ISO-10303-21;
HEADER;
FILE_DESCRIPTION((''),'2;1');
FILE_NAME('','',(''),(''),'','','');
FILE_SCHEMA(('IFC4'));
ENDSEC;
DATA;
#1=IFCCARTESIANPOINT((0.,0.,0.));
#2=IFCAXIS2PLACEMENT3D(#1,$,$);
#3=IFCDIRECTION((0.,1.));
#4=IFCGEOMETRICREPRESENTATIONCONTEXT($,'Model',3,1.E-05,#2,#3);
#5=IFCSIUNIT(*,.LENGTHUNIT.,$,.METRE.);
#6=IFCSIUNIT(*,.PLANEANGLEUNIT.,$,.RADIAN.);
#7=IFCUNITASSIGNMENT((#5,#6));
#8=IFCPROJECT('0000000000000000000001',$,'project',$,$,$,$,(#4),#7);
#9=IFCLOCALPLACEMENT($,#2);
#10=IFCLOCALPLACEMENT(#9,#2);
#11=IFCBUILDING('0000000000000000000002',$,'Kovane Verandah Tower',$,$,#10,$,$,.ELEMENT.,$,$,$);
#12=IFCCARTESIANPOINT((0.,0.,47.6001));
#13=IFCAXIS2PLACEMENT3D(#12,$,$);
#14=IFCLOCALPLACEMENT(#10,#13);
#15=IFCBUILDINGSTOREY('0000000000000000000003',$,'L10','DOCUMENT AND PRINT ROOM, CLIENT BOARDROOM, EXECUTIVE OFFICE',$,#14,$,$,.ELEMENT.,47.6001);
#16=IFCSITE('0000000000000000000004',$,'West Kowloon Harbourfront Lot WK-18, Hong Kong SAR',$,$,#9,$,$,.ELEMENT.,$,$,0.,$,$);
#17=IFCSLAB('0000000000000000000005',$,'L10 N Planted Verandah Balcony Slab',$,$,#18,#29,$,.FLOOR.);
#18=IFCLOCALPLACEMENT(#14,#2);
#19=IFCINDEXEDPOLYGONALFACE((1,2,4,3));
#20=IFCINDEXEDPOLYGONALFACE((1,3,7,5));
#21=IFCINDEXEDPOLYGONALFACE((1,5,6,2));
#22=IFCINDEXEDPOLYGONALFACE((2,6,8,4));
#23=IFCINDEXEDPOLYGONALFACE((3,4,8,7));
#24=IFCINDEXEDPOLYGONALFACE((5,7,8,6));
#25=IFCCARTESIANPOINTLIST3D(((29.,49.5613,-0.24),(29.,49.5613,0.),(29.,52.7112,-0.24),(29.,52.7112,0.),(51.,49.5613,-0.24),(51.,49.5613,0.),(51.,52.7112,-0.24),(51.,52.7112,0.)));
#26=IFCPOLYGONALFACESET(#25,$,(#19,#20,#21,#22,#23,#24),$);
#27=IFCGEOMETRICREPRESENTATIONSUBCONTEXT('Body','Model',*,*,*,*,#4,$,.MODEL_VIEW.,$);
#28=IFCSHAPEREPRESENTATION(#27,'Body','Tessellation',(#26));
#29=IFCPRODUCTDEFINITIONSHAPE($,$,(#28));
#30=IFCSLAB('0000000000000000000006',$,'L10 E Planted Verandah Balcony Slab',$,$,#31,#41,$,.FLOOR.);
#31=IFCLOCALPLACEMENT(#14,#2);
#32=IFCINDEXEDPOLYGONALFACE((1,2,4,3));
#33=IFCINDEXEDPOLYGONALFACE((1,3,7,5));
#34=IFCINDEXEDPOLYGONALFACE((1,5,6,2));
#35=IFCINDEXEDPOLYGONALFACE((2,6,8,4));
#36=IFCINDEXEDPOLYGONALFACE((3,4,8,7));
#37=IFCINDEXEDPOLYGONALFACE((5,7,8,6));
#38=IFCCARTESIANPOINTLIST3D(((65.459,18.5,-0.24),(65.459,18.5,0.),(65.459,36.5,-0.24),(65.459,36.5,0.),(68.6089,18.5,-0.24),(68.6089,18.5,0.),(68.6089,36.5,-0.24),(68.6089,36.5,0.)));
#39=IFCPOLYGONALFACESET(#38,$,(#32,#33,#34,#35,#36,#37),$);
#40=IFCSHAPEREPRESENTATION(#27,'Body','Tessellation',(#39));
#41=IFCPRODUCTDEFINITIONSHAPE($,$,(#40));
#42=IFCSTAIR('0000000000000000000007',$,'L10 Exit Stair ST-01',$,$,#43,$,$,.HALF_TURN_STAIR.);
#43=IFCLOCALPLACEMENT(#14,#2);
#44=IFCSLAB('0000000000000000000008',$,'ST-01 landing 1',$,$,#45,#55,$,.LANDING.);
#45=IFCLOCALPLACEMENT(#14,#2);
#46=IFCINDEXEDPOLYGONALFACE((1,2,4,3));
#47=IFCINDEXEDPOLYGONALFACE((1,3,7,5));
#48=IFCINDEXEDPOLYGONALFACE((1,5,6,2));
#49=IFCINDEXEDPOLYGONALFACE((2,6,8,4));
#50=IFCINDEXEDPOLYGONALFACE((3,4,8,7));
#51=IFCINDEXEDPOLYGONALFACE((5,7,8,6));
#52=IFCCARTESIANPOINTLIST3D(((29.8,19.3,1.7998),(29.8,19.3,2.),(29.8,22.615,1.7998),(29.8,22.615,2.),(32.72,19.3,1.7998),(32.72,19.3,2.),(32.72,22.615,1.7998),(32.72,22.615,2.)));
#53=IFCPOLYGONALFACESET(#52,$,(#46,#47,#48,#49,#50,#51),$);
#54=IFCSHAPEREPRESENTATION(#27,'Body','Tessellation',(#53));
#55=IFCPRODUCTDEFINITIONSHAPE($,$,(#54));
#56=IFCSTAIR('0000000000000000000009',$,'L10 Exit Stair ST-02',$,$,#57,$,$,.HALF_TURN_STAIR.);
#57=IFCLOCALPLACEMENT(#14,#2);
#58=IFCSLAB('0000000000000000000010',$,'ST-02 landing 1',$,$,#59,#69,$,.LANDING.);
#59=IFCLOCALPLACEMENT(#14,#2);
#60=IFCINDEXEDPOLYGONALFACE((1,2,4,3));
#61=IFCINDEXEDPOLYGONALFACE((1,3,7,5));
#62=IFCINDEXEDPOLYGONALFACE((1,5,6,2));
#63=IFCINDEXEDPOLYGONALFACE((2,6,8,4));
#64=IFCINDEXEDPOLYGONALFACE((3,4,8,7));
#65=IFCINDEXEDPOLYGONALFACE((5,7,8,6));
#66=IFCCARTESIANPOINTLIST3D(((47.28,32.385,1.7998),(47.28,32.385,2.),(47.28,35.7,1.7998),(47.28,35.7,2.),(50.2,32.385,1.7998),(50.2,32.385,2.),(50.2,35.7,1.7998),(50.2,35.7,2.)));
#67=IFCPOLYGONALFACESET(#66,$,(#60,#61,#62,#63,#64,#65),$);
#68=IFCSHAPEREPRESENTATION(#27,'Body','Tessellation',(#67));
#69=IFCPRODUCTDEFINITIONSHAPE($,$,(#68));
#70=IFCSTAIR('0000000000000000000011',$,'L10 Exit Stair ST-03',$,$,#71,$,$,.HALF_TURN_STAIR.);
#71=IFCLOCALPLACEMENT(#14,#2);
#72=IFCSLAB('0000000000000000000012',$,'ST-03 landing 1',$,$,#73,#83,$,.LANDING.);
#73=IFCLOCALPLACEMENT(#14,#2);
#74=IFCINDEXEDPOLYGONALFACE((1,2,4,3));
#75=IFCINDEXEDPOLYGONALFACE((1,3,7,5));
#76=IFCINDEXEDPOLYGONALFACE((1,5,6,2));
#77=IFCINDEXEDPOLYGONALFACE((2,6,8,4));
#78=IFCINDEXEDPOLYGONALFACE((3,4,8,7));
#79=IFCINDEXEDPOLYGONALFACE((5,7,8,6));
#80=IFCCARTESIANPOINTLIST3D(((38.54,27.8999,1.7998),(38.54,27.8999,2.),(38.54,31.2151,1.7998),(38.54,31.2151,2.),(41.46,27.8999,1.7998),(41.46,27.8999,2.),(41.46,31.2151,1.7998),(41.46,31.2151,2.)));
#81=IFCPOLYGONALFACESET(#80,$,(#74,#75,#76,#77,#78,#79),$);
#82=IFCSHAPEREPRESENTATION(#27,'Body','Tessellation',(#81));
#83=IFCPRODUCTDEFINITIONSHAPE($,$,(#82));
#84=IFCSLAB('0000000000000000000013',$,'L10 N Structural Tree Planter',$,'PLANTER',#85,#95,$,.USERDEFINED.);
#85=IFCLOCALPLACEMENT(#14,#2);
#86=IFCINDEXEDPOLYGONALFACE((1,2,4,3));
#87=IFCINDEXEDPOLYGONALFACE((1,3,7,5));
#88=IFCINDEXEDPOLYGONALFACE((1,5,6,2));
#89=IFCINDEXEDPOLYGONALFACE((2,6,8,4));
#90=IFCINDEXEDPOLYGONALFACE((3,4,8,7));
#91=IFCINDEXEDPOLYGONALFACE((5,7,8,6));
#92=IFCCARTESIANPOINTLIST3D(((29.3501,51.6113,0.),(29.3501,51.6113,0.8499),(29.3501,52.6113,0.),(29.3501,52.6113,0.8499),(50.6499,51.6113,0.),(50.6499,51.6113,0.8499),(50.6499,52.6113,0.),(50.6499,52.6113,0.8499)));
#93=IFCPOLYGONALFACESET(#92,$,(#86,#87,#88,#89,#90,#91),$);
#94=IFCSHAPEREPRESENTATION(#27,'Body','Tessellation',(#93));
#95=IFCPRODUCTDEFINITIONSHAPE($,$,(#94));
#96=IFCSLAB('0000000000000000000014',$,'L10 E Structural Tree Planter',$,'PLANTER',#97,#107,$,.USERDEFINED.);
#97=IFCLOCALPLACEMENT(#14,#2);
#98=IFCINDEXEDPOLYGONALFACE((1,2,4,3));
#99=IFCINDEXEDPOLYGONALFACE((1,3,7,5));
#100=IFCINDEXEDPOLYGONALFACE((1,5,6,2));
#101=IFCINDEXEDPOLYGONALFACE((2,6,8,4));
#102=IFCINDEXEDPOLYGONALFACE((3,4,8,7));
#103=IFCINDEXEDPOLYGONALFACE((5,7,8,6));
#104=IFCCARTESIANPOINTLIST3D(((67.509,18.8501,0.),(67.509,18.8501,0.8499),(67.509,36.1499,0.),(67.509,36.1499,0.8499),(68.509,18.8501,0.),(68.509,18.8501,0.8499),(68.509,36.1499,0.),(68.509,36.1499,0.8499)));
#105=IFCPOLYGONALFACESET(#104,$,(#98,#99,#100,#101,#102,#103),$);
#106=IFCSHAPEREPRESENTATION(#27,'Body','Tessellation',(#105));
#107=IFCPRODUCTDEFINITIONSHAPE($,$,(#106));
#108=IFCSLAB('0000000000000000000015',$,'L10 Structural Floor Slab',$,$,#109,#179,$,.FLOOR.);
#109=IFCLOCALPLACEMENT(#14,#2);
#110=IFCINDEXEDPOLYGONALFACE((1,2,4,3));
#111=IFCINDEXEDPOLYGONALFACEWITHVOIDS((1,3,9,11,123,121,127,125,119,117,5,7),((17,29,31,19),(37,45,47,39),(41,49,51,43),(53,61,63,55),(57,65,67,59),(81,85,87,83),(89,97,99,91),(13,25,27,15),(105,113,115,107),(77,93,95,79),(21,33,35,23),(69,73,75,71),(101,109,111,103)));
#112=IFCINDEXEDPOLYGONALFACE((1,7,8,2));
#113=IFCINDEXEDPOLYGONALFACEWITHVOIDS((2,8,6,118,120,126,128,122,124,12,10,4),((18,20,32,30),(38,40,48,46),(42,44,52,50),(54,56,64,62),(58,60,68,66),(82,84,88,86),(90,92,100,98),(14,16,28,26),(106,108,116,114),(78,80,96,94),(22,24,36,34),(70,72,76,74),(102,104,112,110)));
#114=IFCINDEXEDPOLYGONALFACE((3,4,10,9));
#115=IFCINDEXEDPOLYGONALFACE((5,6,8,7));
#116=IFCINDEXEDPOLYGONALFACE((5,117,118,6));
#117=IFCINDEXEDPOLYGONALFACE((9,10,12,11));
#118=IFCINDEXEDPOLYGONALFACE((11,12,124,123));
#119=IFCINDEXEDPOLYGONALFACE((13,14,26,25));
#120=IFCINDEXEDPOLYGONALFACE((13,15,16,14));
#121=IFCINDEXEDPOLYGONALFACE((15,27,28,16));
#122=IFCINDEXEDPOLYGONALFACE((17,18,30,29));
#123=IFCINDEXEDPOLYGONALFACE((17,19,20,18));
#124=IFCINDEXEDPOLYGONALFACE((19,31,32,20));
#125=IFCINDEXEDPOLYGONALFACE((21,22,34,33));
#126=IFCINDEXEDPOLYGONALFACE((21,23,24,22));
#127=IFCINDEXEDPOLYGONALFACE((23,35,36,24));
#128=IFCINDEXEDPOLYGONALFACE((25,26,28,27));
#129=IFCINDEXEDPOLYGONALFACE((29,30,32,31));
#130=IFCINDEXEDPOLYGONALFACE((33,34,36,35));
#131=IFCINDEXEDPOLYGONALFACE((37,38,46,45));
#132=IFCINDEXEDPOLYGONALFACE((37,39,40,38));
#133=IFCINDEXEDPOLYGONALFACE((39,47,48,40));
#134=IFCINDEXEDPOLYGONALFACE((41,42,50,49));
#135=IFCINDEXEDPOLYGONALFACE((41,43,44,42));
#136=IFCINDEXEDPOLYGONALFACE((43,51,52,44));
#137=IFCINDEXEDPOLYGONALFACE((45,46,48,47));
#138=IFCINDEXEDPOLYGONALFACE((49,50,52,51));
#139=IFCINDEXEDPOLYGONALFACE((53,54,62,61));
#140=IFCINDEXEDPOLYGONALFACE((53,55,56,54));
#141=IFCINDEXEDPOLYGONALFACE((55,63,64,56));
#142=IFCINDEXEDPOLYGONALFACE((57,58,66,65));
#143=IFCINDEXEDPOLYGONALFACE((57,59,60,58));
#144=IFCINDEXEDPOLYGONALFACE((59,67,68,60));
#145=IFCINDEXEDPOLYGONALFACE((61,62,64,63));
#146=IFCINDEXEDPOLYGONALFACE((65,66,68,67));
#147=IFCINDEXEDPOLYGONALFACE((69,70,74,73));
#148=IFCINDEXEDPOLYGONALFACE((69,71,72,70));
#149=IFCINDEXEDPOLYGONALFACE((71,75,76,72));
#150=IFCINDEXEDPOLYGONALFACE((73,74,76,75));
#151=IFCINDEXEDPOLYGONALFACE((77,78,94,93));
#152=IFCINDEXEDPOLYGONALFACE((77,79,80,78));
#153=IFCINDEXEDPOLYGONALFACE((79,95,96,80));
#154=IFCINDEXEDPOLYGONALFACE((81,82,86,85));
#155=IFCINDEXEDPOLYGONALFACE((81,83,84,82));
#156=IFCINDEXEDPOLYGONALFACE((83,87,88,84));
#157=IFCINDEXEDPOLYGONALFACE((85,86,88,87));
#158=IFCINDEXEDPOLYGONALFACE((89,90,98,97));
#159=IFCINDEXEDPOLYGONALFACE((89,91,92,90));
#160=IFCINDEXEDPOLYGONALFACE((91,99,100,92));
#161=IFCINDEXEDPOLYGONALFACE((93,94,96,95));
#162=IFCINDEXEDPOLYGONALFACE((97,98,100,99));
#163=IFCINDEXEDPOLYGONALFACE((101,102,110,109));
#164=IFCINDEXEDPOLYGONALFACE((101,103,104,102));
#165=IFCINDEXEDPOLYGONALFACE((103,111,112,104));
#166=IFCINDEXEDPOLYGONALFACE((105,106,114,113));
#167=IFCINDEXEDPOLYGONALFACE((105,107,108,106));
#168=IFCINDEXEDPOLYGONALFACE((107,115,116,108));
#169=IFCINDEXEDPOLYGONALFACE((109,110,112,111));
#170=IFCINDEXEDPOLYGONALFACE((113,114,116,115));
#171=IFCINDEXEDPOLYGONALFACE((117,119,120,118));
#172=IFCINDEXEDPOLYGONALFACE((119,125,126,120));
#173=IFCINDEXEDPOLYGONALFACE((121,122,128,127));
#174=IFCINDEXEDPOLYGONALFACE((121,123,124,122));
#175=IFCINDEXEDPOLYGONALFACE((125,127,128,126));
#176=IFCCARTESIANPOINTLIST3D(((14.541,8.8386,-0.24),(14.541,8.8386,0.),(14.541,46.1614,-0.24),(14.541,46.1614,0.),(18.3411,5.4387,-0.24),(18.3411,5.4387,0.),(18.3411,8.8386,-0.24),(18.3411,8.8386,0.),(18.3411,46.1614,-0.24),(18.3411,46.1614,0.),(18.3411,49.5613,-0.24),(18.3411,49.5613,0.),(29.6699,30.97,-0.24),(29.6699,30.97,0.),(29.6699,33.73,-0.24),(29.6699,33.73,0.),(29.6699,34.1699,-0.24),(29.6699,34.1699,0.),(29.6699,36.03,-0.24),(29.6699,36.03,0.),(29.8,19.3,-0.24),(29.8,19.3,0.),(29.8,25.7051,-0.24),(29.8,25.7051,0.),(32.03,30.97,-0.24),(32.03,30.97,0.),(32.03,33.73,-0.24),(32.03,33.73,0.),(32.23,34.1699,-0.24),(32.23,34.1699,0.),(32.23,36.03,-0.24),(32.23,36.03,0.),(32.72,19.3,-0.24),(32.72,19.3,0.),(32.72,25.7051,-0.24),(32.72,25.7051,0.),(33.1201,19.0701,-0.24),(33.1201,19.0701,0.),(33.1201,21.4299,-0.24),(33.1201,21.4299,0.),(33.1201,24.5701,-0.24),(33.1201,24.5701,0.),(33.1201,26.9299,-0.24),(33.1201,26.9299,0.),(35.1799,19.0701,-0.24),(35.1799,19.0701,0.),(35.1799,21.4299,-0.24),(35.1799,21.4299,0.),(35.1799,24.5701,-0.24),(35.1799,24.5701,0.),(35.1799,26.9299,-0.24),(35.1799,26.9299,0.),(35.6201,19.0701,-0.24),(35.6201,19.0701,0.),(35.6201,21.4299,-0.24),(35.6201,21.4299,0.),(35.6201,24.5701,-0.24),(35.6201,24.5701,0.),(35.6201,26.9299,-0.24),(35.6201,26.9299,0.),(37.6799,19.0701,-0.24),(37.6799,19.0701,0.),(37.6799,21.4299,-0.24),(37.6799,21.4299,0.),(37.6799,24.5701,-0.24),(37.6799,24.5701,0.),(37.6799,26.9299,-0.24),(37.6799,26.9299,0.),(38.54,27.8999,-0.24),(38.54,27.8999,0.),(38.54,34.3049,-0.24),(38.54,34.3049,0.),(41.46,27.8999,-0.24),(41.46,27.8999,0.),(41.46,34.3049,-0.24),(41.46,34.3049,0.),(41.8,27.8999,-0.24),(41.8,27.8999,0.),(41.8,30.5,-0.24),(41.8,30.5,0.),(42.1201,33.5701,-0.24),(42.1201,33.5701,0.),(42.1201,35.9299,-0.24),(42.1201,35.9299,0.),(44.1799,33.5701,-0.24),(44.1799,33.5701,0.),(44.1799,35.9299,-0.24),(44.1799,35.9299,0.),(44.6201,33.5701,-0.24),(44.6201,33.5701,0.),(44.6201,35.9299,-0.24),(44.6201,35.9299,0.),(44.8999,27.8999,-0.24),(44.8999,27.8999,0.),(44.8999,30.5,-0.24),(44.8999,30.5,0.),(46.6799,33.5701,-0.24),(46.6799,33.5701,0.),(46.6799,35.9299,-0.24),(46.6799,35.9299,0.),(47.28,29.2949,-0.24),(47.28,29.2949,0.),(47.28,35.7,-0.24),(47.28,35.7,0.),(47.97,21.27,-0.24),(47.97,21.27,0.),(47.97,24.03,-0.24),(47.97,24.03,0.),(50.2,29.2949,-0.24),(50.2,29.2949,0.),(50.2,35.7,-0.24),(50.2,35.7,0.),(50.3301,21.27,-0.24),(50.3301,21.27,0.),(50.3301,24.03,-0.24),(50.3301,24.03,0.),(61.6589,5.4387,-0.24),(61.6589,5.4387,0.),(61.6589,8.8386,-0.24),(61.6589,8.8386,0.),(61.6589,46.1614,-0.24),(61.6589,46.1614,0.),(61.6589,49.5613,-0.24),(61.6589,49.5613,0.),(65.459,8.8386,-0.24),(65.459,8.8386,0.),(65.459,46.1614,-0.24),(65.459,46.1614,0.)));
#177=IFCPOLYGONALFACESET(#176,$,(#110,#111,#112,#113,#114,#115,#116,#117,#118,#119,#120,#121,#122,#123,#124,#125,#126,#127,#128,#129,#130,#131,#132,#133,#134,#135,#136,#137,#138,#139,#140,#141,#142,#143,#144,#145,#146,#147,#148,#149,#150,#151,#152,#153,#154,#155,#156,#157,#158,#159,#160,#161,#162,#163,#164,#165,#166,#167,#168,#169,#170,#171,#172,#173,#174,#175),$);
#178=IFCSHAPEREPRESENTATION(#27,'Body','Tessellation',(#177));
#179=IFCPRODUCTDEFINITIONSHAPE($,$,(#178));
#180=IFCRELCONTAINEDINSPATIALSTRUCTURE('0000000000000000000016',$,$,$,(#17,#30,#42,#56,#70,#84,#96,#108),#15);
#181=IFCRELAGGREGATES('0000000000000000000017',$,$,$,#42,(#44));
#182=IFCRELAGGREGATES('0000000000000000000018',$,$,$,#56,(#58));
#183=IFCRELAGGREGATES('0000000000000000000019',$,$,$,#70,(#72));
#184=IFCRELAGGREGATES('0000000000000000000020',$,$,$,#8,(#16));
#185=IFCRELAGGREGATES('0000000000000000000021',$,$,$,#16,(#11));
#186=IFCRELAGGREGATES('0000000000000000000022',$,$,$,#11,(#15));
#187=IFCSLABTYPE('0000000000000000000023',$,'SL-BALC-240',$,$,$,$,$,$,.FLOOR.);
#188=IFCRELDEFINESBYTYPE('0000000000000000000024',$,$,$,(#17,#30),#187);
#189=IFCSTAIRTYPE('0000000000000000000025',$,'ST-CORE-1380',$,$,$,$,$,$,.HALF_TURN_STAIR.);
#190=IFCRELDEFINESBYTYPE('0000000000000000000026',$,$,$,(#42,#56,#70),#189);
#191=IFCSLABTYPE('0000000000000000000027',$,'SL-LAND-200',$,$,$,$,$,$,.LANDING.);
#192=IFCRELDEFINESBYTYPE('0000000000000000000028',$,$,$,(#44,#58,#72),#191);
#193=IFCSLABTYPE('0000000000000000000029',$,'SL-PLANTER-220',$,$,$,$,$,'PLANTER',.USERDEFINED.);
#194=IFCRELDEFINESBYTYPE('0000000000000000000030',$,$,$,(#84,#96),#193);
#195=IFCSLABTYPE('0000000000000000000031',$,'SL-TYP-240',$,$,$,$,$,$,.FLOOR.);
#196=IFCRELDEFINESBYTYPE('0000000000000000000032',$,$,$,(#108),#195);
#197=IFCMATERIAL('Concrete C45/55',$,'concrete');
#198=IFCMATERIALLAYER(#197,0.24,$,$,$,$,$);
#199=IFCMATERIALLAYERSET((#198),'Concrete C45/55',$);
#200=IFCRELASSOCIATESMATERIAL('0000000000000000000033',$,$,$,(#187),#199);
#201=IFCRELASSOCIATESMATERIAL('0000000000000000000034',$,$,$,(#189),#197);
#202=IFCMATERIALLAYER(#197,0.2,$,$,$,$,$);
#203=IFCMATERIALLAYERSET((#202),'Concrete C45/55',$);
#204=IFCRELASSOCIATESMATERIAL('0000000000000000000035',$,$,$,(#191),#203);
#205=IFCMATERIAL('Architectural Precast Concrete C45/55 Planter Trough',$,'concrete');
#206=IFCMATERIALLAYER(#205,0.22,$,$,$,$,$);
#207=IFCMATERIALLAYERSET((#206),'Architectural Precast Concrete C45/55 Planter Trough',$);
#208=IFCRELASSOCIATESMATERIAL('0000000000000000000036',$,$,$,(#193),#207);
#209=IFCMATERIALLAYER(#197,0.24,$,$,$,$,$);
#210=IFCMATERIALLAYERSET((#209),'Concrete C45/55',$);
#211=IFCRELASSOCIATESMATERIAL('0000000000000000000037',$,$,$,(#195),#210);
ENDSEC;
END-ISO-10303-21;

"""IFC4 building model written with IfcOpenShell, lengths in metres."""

from ifc_helpers import new_model, si_unit, direction, frame, origin, place, context, subcontext, project, spatial, polyline, outline, extrude, material, layer, layer_set, type_object, element, aggregate, save


model = new_model("IFC4")

# Units and contexts
model_context = context("Model", 3, precision=1e-05, world=origin(), true_north=direction((0.0, 1.0)))
body_context = subcontext(model_context, "Body", "Model", "MODEL_VIEW")
ifc_project = project(units=[si_unit("LENGTHUNIT", "METRE"), si_unit("PLANEANGLEUNIT", "RADIAN")], contexts=[model_context])

# Site, building, storey
site_placement = place(None, origin())
site = spatial("IfcSite", under=ifc_project, at=site_placement, Name="West Kowloon Harbourfront Lot WK-18, Hong Kong SAR", CompositionType="ELEMENT", RefElevation=0.0)
building_placement = place(site_placement, origin())
building = spatial("IfcBuilding", under=site, at=building_placement, Name="Kovane Verandah Tower", CompositionType="ELEMENT")
storey_placement = place(building_placement, frame((0.0, 0.0, 47.6001)))
storey = spatial("IfcBuildingStorey", under=building, at=storey_placement, Name="L10", Description="DOCUMENT AND PRINT ROOM, CLIENT BOARDROOM, EXECUTIVE OFFICE", CompositionType="ELEMENT", Elevation=47.6001)

# Slabs
ifc_material_1 = material(Name="Concrete C45/55", Category="concrete")
ifc_layer_1 = layer(ifc_material_1, 0.24)
ifc_layer_set_1 = layer_set([ifc_layer_1], Name="Concrete C45/55")
slab_type_1 = type_object("IfcSlabType", Name="SL-BALC-240", PredefinedType="FLOOR", material=ifc_layer_set_1)
slab_1_placement = place(storey_placement, frame((0.0, 0.0, -0.24)))
element("IfcSlab", 1, at=slab_1_placement, inside=storey, type_object=slab_type_1, Name="L10 N Planted Verandah Balcony Slab", PredefinedType="FLOOR", context=body_context, shape_type="SweptSolid", body=[
    extrude(outline(polyline([(29.0, 49.5613), (51.0, 49.5613), (51.0, 52.7112), (29.0, 52.7112), (29.0, 49.5613)])), origin(), (0.0, 0.0, 1.0), 0.24),
])
slab_2_placement = place(storey_placement, frame((0.0, 0.0, -0.24)))
element("IfcSlab", 2, at=slab_2_placement, inside=storey, type_object=slab_type_1, Name="L10 E Planted Verandah Balcony Slab", PredefinedType="FLOOR", context=body_context, shape_type="SweptSolid", body=[
    extrude(outline(polyline([(65.459, 18.5), (68.6089, 18.5), (68.6089, 36.5), (65.459, 36.5), (65.459, 18.5)])), origin(), (0.0, 0.0, 1.0), 0.24),
])

# Stairs, slabs
stair_type = type_object("IfcStairType", Name="ST-CORE-1380", PredefinedType="HALF_TURN_STAIR", material=ifc_material_1)
stair_1_placement = place(storey_placement, origin())
stair_1 = element("IfcStair", 3, at=stair_1_placement, inside=storey, type_object=stair_type, Name="L10 Exit Stair ST-01", PredefinedType="HALF_TURN_STAIR")
ifc_layer_2 = layer(ifc_material_1, 0.2)
ifc_layer_set_2 = layer_set([ifc_layer_2], Name="Concrete C45/55")
slab_type_2 = type_object("IfcSlabType", Name="SL-LAND-200", PredefinedType="LANDING", material=ifc_layer_set_2)
slab_3_placement = place(storey_placement, frame((0.0, 0.0, 1.7998)))
slab_3 = element("IfcSlab", 4, at=slab_3_placement, type_object=slab_type_2, Name="ST-01 landing 1", PredefinedType="LANDING", context=body_context, shape_type="SweptSolid", body=[
    extrude(outline(polyline([(29.8, 22.615), (29.8, 19.3), (32.72, 19.3), (32.72, 22.615), (29.8, 22.615)])), origin(), (0.0, 0.0, 1.0), 0.2002),
])
aggregate(stair_1, [slab_3])
stair_2_placement = place(storey_placement, origin())
stair_2 = element("IfcStair", 5, at=stair_2_placement, inside=storey, type_object=stair_type, Name="L10 Exit Stair ST-02", PredefinedType="HALF_TURN_STAIR")
slab_4_placement = place(storey_placement, frame((0.0, 0.0, 1.7998)))
slab_4 = element("IfcSlab", 6, at=slab_4_placement, type_object=slab_type_2, Name="ST-02 landing 1", PredefinedType="LANDING", context=body_context, shape_type="SweptSolid", body=[
    extrude(outline(polyline([(50.2, 32.385), (50.2, 35.7), (47.28, 35.7), (47.28, 32.385), (50.2, 32.385)])), origin(), (0.0, 0.0, 1.0), 0.2002),
])
aggregate(stair_2, [slab_4])
stair_3_placement = place(storey_placement, origin())
stair_3 = element("IfcStair", 7, at=stair_3_placement, inside=storey, type_object=stair_type, Name="L10 Exit Stair ST-03", PredefinedType="HALF_TURN_STAIR")
slab_5_placement = place(storey_placement, frame((0.0, 0.0, 1.7998)))
slab_5 = element("IfcSlab", 8, at=slab_5_placement, type_object=slab_type_2, Name="ST-03 landing 1", PredefinedType="LANDING", context=body_context, shape_type="SweptSolid", body=[
    extrude(outline(polyline([(38.54, 31.2151), (38.54, 27.8999), (41.46, 27.8999), (41.46, 31.2151), (38.54, 31.2151)])), origin(), (0.0, 0.0, 1.0), 0.2002),
])
aggregate(stair_3, [slab_5])

# Slabs
ifc_material_2 = material(Name="Architectural Precast Concrete C45/55 Planter Trough", Category="concrete")
ifc_layer_3 = layer(ifc_material_2, 0.22)
ifc_layer_set_3 = layer_set([ifc_layer_3], Name="Architectural Precast Concrete C45/55 Planter Trough")
slab_type_3 = type_object("IfcSlabType", Name="SL-PLANTER-220", ElementType="PLANTER", PredefinedType="USERDEFINED", material=ifc_layer_set_3)
slab_6_placement = place(storey_placement, origin())
element("IfcSlab", 9, at=slab_6_placement, inside=storey, type_object=slab_type_3, Name="L10 N Structural Tree Planter", ObjectType="PLANTER", PredefinedType="USERDEFINED", context=body_context, shape_type="SweptSolid", body=[
    extrude(outline(polyline([(29.3501, 51.6113), (50.6499, 51.6113), (50.6499, 52.6113), (29.3501, 52.6113), (29.3501, 51.6113)])), origin(), (0.0, 0.0, 1.0), 0.8499),
])
slab_7_placement = place(storey_placement, origin())
element("IfcSlab", 10, at=slab_7_placement, inside=storey, type_object=slab_type_3, Name="L10 E Structural Tree Planter", ObjectType="PLANTER", PredefinedType="USERDEFINED", context=body_context, shape_type="SweptSolid", body=[
    extrude(outline(polyline([(67.509, 18.8501), (68.509, 18.8501), (68.509, 36.1499), (67.509, 36.1499), (67.509, 18.8501)])), origin(), (0.0, 0.0, 1.0), 0.8499),
])
ifc_layer_4 = layer(ifc_material_1, 0.24)
ifc_layer_set_4 = layer_set([ifc_layer_4], Name="Concrete C45/55")
slab_type_4 = type_object("IfcSlabType", Name="SL-TYP-240", PredefinedType="FLOOR", material=ifc_layer_set_4)
slab_8_placement = place(storey_placement, frame((0.0, 0.0, -0.24)))
element("IfcSlab", 11, at=slab_8_placement, inside=storey, type_object=slab_type_4, Name="L10 Structural Floor Slab", PredefinedType="FLOOR", context=body_context, shape_type="SweptSolid", body=[
    extrude(outline(polyline([(18.3411, 5.4387), (61.6589, 5.4387), (61.6589, 8.8386), (65.459, 8.8386), (65.459, 46.1614), (61.6589, 46.1614), (61.6589, 49.5613), (18.3411, 49.5613), (18.3411, 46.1614), (14.541, 46.1614), (14.541, 8.8386), (18.3411, 8.8386), (18.3411, 5.4387)]), holes=[polyline([(29.8, 19.3), (32.72, 19.3), (32.72, 25.7051), (29.8, 25.7051), (29.8, 19.3)]), polyline([(47.28, 29.2949), (50.2, 29.2949), (50.2, 35.7), (47.28, 35.7), (47.28, 29.2949)]), polyline([(38.54, 27.8999), (41.46, 27.8999), (41.46, 34.3049), (38.54, 34.3049), (38.54, 27.8999)]), polyline([(29.6699, 30.97), (32.03, 30.97), (32.03, 33.73), (29.6699, 33.73), (29.6699, 30.97)]), polyline([(47.97, 21.27), (50.3301, 21.27), (50.3301, 24.03), (47.97, 24.03), (47.97, 21.27)]), polyline([(29.6699, 34.1699), (32.23, 34.1699), (32.23, 36.03), (29.6699, 36.03), (29.6699, 34.1699)]), polyline([(33.1201, 19.0701), (35.1799, 19.0701), (35.1799, 21.4299), (33.1201, 21.4299), (33.1201, 19.0701)]), polyline([(35.6201, 19.0701), (37.6799, 19.0701), (37.6799, 21.4299), (35.6201, 21.4299), (35.6201, 19.0701)]), polyline([(33.1201, 24.5701), (35.1799, 24.5701), (35.1799, 26.9299), (33.1201, 26.9299), (33.1201, 24.5701)]), polyline([(35.6201, 24.5701), (37.6799, 24.5701), (37.6799, 26.9299), (35.6201, 26.9299), (35.6201, 24.5701)]), polyline([(42.1201, 33.5701), (44.1799, 33.5701), (44.1799, 35.9299), (42.1201, 35.9299), (42.1201, 33.5701)]), polyline([(44.6201, 33.5701), (46.6799, 33.5701), (46.6799, 35.9299), (44.6201, 35.9299), (44.6201, 33.5701)]), polyline([(41.8, 27.8999), (44.8999, 27.8999), (44.8999, 30.5), (41.8, 30.5), (41.8, 27.8999)])]), origin(), (0.0, 0.0, 1.0), 0.24),
])

save(model, "model.ifc")
